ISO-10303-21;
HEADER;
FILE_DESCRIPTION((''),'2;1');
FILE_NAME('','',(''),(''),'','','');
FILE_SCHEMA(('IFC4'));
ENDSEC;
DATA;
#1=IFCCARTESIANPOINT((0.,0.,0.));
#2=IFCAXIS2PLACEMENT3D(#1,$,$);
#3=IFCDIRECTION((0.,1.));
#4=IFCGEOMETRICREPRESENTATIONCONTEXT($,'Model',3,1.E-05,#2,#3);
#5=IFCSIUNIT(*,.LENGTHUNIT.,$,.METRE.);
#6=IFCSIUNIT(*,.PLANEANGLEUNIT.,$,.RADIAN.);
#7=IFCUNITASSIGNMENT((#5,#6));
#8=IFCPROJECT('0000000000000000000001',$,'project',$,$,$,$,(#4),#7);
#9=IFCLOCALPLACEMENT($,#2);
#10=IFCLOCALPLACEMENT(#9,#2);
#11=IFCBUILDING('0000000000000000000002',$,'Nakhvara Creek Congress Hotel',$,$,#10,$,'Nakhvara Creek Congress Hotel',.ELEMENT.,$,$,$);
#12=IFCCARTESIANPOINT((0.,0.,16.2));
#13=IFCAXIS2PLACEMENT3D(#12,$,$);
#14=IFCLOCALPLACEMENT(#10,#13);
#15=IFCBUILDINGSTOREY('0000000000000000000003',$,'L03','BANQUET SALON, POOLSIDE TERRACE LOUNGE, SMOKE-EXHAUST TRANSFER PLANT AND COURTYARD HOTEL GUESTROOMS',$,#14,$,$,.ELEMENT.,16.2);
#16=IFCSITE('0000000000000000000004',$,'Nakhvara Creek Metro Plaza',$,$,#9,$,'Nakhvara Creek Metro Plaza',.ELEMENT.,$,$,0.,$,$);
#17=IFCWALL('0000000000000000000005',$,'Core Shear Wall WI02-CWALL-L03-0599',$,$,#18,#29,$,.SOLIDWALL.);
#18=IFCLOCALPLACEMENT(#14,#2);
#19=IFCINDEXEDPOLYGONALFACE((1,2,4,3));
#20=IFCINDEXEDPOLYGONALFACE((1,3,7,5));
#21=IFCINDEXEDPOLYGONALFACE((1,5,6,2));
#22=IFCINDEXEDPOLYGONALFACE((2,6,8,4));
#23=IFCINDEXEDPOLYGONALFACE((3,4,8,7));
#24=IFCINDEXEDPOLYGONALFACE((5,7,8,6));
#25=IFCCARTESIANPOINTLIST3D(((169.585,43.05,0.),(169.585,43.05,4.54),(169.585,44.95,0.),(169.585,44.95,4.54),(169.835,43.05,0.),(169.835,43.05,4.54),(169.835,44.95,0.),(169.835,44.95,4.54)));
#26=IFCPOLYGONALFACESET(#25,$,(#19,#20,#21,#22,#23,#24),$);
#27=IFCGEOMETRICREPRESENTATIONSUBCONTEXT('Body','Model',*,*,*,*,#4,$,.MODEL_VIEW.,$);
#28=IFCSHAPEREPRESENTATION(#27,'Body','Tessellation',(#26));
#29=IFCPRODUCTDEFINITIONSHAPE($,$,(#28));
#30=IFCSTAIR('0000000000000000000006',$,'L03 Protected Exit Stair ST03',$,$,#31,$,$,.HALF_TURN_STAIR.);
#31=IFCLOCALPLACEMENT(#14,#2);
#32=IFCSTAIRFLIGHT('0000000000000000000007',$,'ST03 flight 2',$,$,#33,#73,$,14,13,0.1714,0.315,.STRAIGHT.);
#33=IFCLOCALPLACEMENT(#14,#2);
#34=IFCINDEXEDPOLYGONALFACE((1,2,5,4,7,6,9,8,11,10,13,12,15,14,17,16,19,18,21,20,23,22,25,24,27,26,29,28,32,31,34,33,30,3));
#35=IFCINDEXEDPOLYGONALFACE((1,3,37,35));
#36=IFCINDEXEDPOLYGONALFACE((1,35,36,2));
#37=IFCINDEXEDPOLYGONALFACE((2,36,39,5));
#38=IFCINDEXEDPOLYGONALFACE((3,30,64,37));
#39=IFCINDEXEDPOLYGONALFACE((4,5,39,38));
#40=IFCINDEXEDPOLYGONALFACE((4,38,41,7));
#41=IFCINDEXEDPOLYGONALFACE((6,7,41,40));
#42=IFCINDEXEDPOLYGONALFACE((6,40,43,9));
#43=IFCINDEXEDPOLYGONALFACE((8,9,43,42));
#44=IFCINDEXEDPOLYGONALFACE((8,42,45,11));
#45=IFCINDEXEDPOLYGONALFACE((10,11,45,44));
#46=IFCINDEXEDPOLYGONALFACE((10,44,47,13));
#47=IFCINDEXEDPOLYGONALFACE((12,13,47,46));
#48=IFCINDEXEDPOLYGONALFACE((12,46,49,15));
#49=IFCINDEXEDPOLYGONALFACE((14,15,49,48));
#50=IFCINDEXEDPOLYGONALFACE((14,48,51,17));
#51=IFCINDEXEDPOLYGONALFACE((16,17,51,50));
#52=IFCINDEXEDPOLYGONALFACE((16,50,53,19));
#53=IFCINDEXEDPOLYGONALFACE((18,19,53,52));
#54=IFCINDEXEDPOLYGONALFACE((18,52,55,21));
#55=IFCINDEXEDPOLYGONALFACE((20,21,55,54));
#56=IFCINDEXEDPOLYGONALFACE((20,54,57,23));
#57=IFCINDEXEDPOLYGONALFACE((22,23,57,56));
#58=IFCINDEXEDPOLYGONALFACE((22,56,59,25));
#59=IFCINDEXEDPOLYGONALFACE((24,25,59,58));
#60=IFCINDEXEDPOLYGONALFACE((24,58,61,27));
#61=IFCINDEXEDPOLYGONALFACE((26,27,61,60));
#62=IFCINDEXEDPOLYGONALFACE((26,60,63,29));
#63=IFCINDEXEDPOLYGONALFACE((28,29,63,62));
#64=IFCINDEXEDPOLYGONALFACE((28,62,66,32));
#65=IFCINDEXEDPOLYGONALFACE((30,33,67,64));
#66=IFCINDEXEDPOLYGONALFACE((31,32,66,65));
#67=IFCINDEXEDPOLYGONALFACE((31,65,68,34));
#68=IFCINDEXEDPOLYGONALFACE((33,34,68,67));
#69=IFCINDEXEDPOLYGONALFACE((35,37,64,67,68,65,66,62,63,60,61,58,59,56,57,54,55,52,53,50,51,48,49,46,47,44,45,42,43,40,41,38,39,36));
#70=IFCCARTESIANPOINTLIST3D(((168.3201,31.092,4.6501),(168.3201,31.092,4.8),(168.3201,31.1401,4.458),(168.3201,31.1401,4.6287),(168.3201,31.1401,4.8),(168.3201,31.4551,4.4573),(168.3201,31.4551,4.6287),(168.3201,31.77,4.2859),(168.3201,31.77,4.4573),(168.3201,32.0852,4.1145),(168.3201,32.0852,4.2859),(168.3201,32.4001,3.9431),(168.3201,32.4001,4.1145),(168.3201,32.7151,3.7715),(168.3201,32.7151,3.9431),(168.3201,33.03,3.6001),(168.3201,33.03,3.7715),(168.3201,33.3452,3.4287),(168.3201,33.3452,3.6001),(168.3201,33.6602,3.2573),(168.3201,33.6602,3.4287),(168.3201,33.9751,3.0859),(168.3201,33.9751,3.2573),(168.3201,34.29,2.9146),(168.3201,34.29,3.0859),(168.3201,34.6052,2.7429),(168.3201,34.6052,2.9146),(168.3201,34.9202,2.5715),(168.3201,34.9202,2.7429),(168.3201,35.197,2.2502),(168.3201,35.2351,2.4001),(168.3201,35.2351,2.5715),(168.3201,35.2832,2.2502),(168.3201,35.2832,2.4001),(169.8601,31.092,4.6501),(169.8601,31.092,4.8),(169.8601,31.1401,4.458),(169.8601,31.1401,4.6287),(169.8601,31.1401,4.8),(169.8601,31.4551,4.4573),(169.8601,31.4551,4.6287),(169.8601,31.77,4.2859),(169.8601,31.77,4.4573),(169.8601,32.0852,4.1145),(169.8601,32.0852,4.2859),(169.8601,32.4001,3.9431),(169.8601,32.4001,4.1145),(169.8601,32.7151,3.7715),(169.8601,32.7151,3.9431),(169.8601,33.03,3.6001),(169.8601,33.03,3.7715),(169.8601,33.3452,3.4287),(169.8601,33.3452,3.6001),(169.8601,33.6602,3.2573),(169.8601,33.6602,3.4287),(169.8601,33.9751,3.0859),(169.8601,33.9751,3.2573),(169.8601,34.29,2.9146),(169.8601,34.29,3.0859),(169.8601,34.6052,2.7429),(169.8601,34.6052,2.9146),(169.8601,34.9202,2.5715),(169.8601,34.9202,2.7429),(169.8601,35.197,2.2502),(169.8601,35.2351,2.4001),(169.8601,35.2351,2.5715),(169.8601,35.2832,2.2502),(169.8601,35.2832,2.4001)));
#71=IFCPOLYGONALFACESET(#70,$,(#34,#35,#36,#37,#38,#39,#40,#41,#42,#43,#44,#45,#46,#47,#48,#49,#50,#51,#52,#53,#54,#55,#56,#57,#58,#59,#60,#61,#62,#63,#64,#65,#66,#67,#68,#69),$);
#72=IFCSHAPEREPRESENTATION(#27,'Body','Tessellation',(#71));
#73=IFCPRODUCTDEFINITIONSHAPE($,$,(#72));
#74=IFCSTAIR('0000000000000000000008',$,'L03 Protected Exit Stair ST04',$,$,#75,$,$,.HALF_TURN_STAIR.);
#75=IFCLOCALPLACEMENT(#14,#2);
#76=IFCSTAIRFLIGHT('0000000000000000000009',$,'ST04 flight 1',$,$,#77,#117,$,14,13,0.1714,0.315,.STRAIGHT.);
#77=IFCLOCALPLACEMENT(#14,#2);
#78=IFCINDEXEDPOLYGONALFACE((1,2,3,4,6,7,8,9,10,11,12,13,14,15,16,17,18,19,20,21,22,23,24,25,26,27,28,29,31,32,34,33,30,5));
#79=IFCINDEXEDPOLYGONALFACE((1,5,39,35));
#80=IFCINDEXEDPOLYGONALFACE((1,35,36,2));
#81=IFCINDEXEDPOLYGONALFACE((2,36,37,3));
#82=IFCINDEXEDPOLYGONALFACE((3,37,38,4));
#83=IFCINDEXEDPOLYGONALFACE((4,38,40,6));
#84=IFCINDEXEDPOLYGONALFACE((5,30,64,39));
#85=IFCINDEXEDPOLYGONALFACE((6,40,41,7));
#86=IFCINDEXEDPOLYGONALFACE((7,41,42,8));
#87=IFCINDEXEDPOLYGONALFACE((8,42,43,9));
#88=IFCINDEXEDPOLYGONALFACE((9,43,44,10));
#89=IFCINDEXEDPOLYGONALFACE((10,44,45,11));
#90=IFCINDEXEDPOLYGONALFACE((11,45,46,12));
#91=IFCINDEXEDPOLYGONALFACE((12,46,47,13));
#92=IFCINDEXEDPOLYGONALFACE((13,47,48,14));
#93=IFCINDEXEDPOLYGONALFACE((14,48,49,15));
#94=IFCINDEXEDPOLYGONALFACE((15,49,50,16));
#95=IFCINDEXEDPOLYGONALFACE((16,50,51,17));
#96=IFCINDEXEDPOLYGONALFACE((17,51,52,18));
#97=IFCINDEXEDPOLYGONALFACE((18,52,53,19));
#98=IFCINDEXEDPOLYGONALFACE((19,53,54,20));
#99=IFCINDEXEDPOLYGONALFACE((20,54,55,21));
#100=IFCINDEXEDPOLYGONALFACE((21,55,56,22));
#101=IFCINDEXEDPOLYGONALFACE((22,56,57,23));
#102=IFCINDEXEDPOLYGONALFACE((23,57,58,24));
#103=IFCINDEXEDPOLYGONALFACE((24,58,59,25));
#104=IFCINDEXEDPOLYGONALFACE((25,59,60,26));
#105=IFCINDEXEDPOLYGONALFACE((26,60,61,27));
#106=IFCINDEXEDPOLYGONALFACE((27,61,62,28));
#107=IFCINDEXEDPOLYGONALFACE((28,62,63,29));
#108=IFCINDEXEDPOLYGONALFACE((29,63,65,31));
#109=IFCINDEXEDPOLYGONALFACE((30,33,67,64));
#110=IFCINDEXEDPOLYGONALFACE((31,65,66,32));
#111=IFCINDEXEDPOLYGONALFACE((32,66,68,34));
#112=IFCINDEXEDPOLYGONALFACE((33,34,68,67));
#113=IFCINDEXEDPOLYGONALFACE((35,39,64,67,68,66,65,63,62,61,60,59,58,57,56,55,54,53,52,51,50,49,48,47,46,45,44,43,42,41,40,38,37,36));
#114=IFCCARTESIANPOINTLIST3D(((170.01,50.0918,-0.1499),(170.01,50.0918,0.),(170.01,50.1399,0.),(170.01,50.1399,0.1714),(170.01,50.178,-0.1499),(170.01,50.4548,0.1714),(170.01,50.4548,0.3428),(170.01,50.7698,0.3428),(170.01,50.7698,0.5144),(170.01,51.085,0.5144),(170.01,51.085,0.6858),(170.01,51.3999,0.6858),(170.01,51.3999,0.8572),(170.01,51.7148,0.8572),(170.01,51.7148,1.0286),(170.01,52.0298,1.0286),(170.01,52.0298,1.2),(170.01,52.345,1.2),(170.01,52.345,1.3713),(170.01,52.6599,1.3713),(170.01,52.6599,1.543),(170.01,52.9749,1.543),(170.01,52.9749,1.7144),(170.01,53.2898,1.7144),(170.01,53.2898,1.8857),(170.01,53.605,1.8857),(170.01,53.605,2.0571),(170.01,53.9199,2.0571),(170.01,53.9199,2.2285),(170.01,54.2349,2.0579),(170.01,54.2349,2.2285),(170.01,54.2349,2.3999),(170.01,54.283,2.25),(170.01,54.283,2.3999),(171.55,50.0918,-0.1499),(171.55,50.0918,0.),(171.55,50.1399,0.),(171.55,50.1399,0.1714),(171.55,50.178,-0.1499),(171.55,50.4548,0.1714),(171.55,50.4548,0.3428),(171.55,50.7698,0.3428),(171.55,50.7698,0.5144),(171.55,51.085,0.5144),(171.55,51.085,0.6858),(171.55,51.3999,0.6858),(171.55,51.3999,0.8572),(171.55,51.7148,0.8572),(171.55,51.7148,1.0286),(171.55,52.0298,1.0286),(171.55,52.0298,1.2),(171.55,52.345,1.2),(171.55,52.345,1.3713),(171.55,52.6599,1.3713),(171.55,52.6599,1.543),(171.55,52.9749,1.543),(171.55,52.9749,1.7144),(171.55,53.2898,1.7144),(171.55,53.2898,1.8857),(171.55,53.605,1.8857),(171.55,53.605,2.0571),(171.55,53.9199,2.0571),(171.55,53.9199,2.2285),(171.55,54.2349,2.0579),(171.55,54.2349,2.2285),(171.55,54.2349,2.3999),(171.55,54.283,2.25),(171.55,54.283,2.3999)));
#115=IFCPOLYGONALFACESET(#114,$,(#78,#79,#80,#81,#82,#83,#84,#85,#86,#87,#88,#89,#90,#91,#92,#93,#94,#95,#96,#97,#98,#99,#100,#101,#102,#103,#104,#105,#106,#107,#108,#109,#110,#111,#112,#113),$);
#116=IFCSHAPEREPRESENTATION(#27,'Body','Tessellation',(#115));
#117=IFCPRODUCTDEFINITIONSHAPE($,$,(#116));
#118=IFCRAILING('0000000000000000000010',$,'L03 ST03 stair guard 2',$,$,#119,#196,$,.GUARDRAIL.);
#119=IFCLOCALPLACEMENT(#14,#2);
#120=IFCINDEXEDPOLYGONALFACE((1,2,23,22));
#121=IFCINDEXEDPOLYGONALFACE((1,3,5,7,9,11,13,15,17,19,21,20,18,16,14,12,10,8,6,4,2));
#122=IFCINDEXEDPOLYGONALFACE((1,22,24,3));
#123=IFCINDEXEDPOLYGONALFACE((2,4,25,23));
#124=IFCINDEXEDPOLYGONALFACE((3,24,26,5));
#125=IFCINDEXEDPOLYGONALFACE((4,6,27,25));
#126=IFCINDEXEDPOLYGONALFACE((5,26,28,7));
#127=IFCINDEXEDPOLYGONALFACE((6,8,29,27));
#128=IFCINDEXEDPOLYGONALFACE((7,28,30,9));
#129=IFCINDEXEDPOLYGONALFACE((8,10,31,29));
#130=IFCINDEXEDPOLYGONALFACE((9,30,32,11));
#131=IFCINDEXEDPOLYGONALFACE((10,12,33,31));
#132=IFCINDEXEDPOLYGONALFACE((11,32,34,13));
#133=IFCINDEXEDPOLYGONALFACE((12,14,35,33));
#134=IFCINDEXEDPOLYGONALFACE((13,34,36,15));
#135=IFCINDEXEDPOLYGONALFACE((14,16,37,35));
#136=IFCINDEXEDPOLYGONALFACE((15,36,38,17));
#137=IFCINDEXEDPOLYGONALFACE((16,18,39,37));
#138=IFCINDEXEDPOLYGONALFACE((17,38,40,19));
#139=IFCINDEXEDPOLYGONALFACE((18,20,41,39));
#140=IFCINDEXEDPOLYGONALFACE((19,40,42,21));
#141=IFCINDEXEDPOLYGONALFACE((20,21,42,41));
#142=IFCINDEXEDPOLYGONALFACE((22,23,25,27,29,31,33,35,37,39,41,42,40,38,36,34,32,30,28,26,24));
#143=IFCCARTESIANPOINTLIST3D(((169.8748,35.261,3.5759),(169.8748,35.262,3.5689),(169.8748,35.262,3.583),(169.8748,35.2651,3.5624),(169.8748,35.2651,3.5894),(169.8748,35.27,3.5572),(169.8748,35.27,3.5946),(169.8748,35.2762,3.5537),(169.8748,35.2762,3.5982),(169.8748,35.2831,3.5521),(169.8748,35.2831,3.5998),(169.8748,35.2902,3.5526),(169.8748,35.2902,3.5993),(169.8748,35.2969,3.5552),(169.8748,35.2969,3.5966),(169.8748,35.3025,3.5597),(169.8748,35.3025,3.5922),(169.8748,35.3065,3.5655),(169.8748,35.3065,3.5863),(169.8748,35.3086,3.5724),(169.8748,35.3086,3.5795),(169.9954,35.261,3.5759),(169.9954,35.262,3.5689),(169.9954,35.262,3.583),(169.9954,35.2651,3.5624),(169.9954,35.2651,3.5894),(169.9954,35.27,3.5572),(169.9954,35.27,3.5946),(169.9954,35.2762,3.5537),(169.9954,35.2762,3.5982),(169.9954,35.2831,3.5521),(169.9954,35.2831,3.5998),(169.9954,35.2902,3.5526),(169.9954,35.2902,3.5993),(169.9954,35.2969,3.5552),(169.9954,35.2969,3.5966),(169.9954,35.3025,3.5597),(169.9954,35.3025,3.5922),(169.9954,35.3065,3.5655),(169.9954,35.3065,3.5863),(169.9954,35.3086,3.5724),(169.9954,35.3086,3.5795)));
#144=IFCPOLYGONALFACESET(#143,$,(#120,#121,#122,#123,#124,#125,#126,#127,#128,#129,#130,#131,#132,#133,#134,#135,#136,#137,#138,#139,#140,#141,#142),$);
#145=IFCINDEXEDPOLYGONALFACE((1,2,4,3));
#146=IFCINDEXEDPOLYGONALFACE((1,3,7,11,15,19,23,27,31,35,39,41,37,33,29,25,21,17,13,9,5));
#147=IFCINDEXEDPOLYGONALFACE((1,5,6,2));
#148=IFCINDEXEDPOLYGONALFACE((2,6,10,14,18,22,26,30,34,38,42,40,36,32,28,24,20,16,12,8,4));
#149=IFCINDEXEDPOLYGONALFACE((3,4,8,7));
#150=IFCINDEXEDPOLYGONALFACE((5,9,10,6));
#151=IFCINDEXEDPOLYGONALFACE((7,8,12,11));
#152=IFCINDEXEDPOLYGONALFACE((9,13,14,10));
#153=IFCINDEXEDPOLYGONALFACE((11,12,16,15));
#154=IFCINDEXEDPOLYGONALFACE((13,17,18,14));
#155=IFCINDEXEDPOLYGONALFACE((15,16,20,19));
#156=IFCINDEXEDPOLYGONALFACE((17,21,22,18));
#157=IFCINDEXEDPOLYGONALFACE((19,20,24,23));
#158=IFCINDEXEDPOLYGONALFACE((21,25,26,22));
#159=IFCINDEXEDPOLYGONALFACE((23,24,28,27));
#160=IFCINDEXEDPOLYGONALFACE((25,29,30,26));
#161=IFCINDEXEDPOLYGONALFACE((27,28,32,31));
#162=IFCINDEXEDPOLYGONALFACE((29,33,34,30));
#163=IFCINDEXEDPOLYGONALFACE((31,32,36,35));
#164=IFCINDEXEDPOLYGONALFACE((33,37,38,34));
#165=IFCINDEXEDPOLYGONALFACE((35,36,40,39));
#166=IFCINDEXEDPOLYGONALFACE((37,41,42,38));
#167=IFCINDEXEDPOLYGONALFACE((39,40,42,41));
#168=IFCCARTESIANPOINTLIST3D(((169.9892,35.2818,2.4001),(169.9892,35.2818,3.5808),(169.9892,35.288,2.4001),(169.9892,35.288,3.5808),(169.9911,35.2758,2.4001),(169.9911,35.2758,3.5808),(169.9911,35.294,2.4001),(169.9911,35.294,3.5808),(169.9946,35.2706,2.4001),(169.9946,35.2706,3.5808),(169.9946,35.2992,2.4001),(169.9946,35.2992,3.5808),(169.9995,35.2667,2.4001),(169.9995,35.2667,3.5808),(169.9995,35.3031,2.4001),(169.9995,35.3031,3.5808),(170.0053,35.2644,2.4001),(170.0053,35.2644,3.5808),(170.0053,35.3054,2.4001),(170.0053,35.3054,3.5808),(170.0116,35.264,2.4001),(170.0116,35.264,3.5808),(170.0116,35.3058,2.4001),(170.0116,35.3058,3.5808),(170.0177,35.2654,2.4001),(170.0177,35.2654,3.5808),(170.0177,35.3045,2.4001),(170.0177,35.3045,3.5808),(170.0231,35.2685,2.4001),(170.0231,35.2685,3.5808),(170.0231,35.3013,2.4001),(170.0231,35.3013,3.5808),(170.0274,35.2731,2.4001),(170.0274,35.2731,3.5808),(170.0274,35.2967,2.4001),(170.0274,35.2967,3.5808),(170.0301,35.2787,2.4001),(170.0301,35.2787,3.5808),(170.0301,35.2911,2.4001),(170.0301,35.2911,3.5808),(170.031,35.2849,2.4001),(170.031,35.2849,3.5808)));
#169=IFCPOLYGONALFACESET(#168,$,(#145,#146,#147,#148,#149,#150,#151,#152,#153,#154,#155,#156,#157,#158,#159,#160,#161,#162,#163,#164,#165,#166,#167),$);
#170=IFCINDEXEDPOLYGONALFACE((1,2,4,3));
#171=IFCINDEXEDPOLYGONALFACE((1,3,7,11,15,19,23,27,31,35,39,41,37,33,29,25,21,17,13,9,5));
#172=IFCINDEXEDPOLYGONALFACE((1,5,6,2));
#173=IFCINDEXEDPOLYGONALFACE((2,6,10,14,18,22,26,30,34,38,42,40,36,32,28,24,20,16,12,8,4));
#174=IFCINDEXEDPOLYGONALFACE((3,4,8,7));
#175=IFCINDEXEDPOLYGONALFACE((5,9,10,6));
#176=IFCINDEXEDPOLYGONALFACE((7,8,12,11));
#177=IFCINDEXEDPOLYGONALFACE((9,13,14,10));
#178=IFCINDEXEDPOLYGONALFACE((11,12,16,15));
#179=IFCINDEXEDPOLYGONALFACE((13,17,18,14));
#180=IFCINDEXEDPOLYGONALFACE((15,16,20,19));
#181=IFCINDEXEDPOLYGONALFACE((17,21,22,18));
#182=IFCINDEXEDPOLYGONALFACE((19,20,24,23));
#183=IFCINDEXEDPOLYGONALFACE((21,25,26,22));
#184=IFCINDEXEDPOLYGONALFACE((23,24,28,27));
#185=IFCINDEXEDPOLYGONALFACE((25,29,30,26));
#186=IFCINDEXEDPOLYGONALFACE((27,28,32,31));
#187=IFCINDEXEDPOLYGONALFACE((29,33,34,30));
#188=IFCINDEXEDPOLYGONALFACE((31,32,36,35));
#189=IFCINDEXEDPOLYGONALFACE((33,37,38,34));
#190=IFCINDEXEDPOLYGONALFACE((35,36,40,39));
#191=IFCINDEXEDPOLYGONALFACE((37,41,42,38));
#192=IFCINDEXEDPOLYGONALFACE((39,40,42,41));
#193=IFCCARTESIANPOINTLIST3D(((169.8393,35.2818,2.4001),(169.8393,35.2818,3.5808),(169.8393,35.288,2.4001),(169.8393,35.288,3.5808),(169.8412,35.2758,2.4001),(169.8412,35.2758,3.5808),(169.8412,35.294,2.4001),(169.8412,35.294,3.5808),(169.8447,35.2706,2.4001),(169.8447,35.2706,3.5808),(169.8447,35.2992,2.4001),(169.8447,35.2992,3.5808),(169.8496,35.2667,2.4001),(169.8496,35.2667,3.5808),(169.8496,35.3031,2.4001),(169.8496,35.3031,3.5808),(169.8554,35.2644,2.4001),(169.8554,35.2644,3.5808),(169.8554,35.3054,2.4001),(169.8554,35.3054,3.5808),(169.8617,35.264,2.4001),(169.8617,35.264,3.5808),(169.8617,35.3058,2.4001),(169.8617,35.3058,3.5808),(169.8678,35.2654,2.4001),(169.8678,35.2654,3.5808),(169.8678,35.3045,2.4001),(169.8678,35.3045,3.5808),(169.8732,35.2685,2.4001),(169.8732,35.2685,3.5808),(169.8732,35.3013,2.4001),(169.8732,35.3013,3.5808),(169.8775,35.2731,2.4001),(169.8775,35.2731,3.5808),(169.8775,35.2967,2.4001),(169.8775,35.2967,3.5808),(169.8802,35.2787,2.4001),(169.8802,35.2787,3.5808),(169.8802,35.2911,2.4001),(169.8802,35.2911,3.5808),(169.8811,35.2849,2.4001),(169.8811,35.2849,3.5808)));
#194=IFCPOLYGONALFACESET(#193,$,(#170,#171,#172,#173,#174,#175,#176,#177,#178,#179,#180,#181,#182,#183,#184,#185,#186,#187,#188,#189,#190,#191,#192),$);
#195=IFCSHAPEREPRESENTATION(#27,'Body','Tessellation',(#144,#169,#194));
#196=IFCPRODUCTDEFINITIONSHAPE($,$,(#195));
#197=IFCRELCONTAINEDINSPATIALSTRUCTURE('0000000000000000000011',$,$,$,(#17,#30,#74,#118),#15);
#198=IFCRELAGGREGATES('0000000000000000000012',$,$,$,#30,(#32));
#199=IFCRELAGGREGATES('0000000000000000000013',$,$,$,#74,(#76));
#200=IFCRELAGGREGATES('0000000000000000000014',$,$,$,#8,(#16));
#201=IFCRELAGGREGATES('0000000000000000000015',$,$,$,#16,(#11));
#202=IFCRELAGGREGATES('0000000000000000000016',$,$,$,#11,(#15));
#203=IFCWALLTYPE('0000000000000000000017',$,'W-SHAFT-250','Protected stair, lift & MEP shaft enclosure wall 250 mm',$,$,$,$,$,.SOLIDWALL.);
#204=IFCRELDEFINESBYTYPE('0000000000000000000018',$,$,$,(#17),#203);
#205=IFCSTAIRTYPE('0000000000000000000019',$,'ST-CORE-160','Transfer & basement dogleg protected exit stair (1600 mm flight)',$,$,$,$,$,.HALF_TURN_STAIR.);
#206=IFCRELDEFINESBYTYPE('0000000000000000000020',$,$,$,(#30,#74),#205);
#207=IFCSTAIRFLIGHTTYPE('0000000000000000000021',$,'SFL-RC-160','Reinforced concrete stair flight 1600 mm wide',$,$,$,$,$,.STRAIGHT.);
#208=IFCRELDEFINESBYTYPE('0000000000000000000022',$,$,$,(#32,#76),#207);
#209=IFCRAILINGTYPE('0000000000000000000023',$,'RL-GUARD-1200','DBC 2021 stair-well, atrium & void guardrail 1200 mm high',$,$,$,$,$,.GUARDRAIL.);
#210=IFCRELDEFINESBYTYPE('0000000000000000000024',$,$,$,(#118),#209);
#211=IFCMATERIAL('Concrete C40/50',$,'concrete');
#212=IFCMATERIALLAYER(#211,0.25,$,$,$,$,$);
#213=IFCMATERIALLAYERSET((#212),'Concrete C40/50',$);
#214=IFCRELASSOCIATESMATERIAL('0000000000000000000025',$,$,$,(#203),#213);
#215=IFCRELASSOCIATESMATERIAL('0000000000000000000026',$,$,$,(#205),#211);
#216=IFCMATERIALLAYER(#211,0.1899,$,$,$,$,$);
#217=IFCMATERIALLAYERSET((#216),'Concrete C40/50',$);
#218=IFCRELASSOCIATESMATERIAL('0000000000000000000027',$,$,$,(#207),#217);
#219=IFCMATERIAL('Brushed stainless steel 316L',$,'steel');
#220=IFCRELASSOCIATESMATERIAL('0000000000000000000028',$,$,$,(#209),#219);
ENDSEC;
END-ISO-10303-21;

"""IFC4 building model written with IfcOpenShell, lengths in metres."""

from ifc_helpers import new_model, si_unit, direction, frame, frame_2d, origin, origin_2d, place, context, subcontext, project, spatial, polyline, rectangle, circle, outline, extrude, material, layer, layer_set, type_object, element, aggregate, save


model = new_model("IFC4")

# Units and contexts
model_context = context("Model", 3, precision=1e-05, world=origin(), true_north=direction((0.0, 1.0)))
body_context = subcontext(model_context, "Body", "Model", "MODEL_VIEW")
ifc_project = project(units=[si_unit("LENGTHUNIT", "METRE"), si_unit("PLANEANGLEUNIT", "RADIAN")], contexts=[model_context])

# Site, building, storey
site_placement = place(None, origin())
site = spatial("IfcSite", under=ifc_project, at=site_placement, Name="Nakhvara Creek Metro Plaza", LongName="Nakhvara Creek Metro Plaza", CompositionType="ELEMENT", RefElevation=0.0)
building_placement = place(site_placement, origin())
building = spatial("IfcBuilding", under=site, at=building_placement, Name="Nakhvara Creek Congress Hotel", LongName="Nakhvara Creek Congress Hotel", CompositionType="ELEMENT")
storey_placement = place(building_placement, frame((0.0, 0.0, 16.2)))
storey = spatial("IfcBuildingStorey", under=building, at=storey_placement, Name="L03", Description="BANQUET SALON, POOLSIDE TERRACE LOUNGE, SMOKE-EXHAUST TRANSFER PLANT AND COURTYARD HOTEL GUESTROOMS", CompositionType="ELEMENT", Elevation=16.2)

# Shared definitions
ifc_material_1 = material(Name="Concrete C40/50", Category="concrete")
ifc_layer_1 = layer(ifc_material_1, 0.25)
ifc_layer_set_1 = layer_set([ifc_layer_1], Name="Concrete C40/50")
wall_type_1 = type_object("IfcWallType", Name="W-SHAFT-250", Description="Protected stair, lift & MEP shaft enclosure wall 250 mm", PredefinedType="SOLIDWALL", material=ifc_layer_set_1)

# Wall
wall_1_placement = place(storey_placement, frame((169.71, 43.05, 0.0), z_axis=(0.0, 0.0, 1.0), x_axis=(0.0, 1.0, 0.0)))
element("IfcWall", 1, at=wall_1_placement, inside=storey, type_object=wall_type_1, Name="Core Shear Wall WI02-CWALL-L03-0599", PredefinedType="SOLIDWALL", context=body_context, shape_type="SweptSolid", body=[
    extrude(rectangle(XDim=1.8999, YDim=0.25, at=frame_2d((0.95, 0.0))), origin(), (0.0, 0.0, 1.0), 4.54),
])

# Stairs, stair flights
stair_type = type_object("IfcStairType", Name="ST-CORE-160", Description="Transfer & basement dogleg protected exit stair (1600 mm flight)", PredefinedType="HALF_TURN_STAIR", material=ifc_material_1)
stair_1_placement = place(storey_placement, origin())
stair_1 = element("IfcStair", 2, at=stair_1_placement, inside=storey, type_object=stair_type, Name="L03 Protected Exit Stair ST03", PredefinedType="HALF_TURN_STAIR")
ifc_layer_2 = layer(ifc_material_1, 0.1899)
ifc_layer_set_2 = layer_set([ifc_layer_2], Name="Concrete C40/50")
stair_flight_type = type_object("IfcStairFlightType", Name="SFL-RC-160", Description="Reinforced concrete stair flight 1600 mm wide", PredefinedType="STRAIGHT", material=ifc_layer_set_2)
stair_flight_1_placement = place(storey_placement, frame((169.0901, 35.2351, 2.4001), z_axis=(0.0, 0.0, 1.0), x_axis=(0.0, -1.0, 0.0)))
stair_flight_1 = element("IfcStairFlight", 3, at=stair_flight_1_placement, type_object=stair_flight_type, Name="ST03 flight 2", NumberOfRisers=14, NumberOfTreads=13, PredefinedType="STRAIGHT", RiserHeight=0.1714, TreadLength=0.315, context=body_context, shape_type="SweptSolid", body=[
    extrude(outline(polyline([(-0.0481, 0.0), (0.0, 0.0), (0.0, 0.1714), (0.3149, 0.1714), (0.3149, 0.3428), (0.6299, 0.3428), (0.6299, 0.5144), (0.9451, 0.5144), (0.9451, 0.6858), (1.26, 0.6858), (1.26, 0.8572), (1.575, 0.8572), (1.575, 1.0286), (1.8899, 1.0286), (1.8899, 1.2), (2.2051, 1.2), (2.2051, 1.3713), (2.52, 1.3713), (2.52, 1.543), (2.835, 1.543), (2.835, 1.7144), (3.1499, 1.7144), (3.1499, 1.8857), (3.4651, 1.8857), (3.4651, 2.0571), (3.78, 2.0571), (3.78, 2.2285), (4.095, 2.2285), (4.095, 2.3999), (4.1431, 2.3999), (4.1431, 2.25), (4.095, 2.0579), (0.0381, -0.1499), (-0.0481, -0.1499), (-0.0481, 0.0)])), frame((0.0, 0.77, 0.0), z_axis=(0.0, -1.0, 0.0), x_axis=(1.0, 0.0, 0.0)), (0.0, 0.0, 1.0), 1.54),
])
aggregate(stair_1, [stair_flight_1])
stair_2_placement = place(storey_placement, origin())
stair_2 = element("IfcStair", 4, at=stair_2_placement, inside=storey, type_object=stair_type, Name="L03 Protected Exit Stair ST04", PredefinedType="HALF_TURN_STAIR")
stair_flight_2_placement = place(storey_placement, frame((170.78, 50.1399, 0.0), z_axis=(0.0, 0.0, 1.0), x_axis=(0.0, 1.0, 0.0)))
stair_flight_2 = element("IfcStairFlight", 5, at=stair_flight_2_placement, type_object=stair_flight_type, Name="ST04 flight 1", NumberOfRisers=14, NumberOfTreads=13, PredefinedType="STRAIGHT", RiserHeight=0.1714, TreadLength=0.315, context=body_context, shape_type="SweptSolid", body=[
    extrude(outline(polyline([(-0.0481, 0.0), (0.0, 0.0), (0.0, 0.1714), (0.3149, 0.1714), (0.3149, 0.3428), (0.6299, 0.3428), (0.6299, 0.5144), (0.9451, 0.5144), (0.9451, 0.6858), (1.26, 0.6858), (1.26, 0.8572), (1.575, 0.8572), (1.575, 1.0286), (1.8899, 1.0286), (1.8899, 1.2), (2.2051, 1.2), (2.2051, 1.3713), (2.52, 1.3713), (2.52, 1.543), (2.835, 1.543), (2.835, 1.7144), (3.1499, 1.7144), (3.1499, 1.8857), (3.4651, 1.8857), (3.4651, 2.0571), (3.78, 2.0571), (3.78, 2.2285), (4.095, 2.2285), (4.095, 2.3999), (4.1431, 2.3999), (4.1431, 2.25), (4.095, 2.0579), (0.0381, -0.1499), (-0.0481, -0.1499), (-0.0481, 0.0)])), frame((0.0, 0.77, 0.0), z_axis=(0.0, -1.0, 0.0), x_axis=(1.0, 0.0, 0.0)), (0.0, 0.0, 1.0), 1.54),
])
aggregate(stair_2, [stair_flight_2])

# Railing
ifc_material_2 = material(Name="Brushed stainless steel 316L", Category="steel")
railing_type_1 = type_object("IfcRailingType", Name="RL-GUARD-1200", Description="DBC 2021 stair-well, atrium & void guardrail 1200 mm high", PredefinedType="GUARDRAIL", material=ifc_material_2)
railing_1_placement = place(storey_placement, frame((170.01, 35.2849, 2.4001)))
element("IfcRailing", 6, at=railing_1_placement, inside=storey, type_object=railing_type_1, Name="L03 ST03 stair guard 2", PredefinedType="GUARDRAIL", context=body_context, shape_type="SweptSolid", body=[
    extrude(circle(Radius=0.0239, at=origin_2d()), frame((-0.0146, 0.0, 1.1758), z_axis=(-1.0, 0.0, 0.0), x_axis=(0.0, -1.0, 0.0)), (0.0, 0.0, 1.0), 0.1206),
    extrude(circle(Radius=0.021, at=origin_2d()), origin(), (0.0, 0.0, 1.0), 1.1807),
    extrude(circle(Radius=0.021, at=origin_2d()), frame((-0.1499, 0.0, 0.0)), (0.0, 0.0, 1.0), 1.1807),
])

save(model, "model.ifc")
